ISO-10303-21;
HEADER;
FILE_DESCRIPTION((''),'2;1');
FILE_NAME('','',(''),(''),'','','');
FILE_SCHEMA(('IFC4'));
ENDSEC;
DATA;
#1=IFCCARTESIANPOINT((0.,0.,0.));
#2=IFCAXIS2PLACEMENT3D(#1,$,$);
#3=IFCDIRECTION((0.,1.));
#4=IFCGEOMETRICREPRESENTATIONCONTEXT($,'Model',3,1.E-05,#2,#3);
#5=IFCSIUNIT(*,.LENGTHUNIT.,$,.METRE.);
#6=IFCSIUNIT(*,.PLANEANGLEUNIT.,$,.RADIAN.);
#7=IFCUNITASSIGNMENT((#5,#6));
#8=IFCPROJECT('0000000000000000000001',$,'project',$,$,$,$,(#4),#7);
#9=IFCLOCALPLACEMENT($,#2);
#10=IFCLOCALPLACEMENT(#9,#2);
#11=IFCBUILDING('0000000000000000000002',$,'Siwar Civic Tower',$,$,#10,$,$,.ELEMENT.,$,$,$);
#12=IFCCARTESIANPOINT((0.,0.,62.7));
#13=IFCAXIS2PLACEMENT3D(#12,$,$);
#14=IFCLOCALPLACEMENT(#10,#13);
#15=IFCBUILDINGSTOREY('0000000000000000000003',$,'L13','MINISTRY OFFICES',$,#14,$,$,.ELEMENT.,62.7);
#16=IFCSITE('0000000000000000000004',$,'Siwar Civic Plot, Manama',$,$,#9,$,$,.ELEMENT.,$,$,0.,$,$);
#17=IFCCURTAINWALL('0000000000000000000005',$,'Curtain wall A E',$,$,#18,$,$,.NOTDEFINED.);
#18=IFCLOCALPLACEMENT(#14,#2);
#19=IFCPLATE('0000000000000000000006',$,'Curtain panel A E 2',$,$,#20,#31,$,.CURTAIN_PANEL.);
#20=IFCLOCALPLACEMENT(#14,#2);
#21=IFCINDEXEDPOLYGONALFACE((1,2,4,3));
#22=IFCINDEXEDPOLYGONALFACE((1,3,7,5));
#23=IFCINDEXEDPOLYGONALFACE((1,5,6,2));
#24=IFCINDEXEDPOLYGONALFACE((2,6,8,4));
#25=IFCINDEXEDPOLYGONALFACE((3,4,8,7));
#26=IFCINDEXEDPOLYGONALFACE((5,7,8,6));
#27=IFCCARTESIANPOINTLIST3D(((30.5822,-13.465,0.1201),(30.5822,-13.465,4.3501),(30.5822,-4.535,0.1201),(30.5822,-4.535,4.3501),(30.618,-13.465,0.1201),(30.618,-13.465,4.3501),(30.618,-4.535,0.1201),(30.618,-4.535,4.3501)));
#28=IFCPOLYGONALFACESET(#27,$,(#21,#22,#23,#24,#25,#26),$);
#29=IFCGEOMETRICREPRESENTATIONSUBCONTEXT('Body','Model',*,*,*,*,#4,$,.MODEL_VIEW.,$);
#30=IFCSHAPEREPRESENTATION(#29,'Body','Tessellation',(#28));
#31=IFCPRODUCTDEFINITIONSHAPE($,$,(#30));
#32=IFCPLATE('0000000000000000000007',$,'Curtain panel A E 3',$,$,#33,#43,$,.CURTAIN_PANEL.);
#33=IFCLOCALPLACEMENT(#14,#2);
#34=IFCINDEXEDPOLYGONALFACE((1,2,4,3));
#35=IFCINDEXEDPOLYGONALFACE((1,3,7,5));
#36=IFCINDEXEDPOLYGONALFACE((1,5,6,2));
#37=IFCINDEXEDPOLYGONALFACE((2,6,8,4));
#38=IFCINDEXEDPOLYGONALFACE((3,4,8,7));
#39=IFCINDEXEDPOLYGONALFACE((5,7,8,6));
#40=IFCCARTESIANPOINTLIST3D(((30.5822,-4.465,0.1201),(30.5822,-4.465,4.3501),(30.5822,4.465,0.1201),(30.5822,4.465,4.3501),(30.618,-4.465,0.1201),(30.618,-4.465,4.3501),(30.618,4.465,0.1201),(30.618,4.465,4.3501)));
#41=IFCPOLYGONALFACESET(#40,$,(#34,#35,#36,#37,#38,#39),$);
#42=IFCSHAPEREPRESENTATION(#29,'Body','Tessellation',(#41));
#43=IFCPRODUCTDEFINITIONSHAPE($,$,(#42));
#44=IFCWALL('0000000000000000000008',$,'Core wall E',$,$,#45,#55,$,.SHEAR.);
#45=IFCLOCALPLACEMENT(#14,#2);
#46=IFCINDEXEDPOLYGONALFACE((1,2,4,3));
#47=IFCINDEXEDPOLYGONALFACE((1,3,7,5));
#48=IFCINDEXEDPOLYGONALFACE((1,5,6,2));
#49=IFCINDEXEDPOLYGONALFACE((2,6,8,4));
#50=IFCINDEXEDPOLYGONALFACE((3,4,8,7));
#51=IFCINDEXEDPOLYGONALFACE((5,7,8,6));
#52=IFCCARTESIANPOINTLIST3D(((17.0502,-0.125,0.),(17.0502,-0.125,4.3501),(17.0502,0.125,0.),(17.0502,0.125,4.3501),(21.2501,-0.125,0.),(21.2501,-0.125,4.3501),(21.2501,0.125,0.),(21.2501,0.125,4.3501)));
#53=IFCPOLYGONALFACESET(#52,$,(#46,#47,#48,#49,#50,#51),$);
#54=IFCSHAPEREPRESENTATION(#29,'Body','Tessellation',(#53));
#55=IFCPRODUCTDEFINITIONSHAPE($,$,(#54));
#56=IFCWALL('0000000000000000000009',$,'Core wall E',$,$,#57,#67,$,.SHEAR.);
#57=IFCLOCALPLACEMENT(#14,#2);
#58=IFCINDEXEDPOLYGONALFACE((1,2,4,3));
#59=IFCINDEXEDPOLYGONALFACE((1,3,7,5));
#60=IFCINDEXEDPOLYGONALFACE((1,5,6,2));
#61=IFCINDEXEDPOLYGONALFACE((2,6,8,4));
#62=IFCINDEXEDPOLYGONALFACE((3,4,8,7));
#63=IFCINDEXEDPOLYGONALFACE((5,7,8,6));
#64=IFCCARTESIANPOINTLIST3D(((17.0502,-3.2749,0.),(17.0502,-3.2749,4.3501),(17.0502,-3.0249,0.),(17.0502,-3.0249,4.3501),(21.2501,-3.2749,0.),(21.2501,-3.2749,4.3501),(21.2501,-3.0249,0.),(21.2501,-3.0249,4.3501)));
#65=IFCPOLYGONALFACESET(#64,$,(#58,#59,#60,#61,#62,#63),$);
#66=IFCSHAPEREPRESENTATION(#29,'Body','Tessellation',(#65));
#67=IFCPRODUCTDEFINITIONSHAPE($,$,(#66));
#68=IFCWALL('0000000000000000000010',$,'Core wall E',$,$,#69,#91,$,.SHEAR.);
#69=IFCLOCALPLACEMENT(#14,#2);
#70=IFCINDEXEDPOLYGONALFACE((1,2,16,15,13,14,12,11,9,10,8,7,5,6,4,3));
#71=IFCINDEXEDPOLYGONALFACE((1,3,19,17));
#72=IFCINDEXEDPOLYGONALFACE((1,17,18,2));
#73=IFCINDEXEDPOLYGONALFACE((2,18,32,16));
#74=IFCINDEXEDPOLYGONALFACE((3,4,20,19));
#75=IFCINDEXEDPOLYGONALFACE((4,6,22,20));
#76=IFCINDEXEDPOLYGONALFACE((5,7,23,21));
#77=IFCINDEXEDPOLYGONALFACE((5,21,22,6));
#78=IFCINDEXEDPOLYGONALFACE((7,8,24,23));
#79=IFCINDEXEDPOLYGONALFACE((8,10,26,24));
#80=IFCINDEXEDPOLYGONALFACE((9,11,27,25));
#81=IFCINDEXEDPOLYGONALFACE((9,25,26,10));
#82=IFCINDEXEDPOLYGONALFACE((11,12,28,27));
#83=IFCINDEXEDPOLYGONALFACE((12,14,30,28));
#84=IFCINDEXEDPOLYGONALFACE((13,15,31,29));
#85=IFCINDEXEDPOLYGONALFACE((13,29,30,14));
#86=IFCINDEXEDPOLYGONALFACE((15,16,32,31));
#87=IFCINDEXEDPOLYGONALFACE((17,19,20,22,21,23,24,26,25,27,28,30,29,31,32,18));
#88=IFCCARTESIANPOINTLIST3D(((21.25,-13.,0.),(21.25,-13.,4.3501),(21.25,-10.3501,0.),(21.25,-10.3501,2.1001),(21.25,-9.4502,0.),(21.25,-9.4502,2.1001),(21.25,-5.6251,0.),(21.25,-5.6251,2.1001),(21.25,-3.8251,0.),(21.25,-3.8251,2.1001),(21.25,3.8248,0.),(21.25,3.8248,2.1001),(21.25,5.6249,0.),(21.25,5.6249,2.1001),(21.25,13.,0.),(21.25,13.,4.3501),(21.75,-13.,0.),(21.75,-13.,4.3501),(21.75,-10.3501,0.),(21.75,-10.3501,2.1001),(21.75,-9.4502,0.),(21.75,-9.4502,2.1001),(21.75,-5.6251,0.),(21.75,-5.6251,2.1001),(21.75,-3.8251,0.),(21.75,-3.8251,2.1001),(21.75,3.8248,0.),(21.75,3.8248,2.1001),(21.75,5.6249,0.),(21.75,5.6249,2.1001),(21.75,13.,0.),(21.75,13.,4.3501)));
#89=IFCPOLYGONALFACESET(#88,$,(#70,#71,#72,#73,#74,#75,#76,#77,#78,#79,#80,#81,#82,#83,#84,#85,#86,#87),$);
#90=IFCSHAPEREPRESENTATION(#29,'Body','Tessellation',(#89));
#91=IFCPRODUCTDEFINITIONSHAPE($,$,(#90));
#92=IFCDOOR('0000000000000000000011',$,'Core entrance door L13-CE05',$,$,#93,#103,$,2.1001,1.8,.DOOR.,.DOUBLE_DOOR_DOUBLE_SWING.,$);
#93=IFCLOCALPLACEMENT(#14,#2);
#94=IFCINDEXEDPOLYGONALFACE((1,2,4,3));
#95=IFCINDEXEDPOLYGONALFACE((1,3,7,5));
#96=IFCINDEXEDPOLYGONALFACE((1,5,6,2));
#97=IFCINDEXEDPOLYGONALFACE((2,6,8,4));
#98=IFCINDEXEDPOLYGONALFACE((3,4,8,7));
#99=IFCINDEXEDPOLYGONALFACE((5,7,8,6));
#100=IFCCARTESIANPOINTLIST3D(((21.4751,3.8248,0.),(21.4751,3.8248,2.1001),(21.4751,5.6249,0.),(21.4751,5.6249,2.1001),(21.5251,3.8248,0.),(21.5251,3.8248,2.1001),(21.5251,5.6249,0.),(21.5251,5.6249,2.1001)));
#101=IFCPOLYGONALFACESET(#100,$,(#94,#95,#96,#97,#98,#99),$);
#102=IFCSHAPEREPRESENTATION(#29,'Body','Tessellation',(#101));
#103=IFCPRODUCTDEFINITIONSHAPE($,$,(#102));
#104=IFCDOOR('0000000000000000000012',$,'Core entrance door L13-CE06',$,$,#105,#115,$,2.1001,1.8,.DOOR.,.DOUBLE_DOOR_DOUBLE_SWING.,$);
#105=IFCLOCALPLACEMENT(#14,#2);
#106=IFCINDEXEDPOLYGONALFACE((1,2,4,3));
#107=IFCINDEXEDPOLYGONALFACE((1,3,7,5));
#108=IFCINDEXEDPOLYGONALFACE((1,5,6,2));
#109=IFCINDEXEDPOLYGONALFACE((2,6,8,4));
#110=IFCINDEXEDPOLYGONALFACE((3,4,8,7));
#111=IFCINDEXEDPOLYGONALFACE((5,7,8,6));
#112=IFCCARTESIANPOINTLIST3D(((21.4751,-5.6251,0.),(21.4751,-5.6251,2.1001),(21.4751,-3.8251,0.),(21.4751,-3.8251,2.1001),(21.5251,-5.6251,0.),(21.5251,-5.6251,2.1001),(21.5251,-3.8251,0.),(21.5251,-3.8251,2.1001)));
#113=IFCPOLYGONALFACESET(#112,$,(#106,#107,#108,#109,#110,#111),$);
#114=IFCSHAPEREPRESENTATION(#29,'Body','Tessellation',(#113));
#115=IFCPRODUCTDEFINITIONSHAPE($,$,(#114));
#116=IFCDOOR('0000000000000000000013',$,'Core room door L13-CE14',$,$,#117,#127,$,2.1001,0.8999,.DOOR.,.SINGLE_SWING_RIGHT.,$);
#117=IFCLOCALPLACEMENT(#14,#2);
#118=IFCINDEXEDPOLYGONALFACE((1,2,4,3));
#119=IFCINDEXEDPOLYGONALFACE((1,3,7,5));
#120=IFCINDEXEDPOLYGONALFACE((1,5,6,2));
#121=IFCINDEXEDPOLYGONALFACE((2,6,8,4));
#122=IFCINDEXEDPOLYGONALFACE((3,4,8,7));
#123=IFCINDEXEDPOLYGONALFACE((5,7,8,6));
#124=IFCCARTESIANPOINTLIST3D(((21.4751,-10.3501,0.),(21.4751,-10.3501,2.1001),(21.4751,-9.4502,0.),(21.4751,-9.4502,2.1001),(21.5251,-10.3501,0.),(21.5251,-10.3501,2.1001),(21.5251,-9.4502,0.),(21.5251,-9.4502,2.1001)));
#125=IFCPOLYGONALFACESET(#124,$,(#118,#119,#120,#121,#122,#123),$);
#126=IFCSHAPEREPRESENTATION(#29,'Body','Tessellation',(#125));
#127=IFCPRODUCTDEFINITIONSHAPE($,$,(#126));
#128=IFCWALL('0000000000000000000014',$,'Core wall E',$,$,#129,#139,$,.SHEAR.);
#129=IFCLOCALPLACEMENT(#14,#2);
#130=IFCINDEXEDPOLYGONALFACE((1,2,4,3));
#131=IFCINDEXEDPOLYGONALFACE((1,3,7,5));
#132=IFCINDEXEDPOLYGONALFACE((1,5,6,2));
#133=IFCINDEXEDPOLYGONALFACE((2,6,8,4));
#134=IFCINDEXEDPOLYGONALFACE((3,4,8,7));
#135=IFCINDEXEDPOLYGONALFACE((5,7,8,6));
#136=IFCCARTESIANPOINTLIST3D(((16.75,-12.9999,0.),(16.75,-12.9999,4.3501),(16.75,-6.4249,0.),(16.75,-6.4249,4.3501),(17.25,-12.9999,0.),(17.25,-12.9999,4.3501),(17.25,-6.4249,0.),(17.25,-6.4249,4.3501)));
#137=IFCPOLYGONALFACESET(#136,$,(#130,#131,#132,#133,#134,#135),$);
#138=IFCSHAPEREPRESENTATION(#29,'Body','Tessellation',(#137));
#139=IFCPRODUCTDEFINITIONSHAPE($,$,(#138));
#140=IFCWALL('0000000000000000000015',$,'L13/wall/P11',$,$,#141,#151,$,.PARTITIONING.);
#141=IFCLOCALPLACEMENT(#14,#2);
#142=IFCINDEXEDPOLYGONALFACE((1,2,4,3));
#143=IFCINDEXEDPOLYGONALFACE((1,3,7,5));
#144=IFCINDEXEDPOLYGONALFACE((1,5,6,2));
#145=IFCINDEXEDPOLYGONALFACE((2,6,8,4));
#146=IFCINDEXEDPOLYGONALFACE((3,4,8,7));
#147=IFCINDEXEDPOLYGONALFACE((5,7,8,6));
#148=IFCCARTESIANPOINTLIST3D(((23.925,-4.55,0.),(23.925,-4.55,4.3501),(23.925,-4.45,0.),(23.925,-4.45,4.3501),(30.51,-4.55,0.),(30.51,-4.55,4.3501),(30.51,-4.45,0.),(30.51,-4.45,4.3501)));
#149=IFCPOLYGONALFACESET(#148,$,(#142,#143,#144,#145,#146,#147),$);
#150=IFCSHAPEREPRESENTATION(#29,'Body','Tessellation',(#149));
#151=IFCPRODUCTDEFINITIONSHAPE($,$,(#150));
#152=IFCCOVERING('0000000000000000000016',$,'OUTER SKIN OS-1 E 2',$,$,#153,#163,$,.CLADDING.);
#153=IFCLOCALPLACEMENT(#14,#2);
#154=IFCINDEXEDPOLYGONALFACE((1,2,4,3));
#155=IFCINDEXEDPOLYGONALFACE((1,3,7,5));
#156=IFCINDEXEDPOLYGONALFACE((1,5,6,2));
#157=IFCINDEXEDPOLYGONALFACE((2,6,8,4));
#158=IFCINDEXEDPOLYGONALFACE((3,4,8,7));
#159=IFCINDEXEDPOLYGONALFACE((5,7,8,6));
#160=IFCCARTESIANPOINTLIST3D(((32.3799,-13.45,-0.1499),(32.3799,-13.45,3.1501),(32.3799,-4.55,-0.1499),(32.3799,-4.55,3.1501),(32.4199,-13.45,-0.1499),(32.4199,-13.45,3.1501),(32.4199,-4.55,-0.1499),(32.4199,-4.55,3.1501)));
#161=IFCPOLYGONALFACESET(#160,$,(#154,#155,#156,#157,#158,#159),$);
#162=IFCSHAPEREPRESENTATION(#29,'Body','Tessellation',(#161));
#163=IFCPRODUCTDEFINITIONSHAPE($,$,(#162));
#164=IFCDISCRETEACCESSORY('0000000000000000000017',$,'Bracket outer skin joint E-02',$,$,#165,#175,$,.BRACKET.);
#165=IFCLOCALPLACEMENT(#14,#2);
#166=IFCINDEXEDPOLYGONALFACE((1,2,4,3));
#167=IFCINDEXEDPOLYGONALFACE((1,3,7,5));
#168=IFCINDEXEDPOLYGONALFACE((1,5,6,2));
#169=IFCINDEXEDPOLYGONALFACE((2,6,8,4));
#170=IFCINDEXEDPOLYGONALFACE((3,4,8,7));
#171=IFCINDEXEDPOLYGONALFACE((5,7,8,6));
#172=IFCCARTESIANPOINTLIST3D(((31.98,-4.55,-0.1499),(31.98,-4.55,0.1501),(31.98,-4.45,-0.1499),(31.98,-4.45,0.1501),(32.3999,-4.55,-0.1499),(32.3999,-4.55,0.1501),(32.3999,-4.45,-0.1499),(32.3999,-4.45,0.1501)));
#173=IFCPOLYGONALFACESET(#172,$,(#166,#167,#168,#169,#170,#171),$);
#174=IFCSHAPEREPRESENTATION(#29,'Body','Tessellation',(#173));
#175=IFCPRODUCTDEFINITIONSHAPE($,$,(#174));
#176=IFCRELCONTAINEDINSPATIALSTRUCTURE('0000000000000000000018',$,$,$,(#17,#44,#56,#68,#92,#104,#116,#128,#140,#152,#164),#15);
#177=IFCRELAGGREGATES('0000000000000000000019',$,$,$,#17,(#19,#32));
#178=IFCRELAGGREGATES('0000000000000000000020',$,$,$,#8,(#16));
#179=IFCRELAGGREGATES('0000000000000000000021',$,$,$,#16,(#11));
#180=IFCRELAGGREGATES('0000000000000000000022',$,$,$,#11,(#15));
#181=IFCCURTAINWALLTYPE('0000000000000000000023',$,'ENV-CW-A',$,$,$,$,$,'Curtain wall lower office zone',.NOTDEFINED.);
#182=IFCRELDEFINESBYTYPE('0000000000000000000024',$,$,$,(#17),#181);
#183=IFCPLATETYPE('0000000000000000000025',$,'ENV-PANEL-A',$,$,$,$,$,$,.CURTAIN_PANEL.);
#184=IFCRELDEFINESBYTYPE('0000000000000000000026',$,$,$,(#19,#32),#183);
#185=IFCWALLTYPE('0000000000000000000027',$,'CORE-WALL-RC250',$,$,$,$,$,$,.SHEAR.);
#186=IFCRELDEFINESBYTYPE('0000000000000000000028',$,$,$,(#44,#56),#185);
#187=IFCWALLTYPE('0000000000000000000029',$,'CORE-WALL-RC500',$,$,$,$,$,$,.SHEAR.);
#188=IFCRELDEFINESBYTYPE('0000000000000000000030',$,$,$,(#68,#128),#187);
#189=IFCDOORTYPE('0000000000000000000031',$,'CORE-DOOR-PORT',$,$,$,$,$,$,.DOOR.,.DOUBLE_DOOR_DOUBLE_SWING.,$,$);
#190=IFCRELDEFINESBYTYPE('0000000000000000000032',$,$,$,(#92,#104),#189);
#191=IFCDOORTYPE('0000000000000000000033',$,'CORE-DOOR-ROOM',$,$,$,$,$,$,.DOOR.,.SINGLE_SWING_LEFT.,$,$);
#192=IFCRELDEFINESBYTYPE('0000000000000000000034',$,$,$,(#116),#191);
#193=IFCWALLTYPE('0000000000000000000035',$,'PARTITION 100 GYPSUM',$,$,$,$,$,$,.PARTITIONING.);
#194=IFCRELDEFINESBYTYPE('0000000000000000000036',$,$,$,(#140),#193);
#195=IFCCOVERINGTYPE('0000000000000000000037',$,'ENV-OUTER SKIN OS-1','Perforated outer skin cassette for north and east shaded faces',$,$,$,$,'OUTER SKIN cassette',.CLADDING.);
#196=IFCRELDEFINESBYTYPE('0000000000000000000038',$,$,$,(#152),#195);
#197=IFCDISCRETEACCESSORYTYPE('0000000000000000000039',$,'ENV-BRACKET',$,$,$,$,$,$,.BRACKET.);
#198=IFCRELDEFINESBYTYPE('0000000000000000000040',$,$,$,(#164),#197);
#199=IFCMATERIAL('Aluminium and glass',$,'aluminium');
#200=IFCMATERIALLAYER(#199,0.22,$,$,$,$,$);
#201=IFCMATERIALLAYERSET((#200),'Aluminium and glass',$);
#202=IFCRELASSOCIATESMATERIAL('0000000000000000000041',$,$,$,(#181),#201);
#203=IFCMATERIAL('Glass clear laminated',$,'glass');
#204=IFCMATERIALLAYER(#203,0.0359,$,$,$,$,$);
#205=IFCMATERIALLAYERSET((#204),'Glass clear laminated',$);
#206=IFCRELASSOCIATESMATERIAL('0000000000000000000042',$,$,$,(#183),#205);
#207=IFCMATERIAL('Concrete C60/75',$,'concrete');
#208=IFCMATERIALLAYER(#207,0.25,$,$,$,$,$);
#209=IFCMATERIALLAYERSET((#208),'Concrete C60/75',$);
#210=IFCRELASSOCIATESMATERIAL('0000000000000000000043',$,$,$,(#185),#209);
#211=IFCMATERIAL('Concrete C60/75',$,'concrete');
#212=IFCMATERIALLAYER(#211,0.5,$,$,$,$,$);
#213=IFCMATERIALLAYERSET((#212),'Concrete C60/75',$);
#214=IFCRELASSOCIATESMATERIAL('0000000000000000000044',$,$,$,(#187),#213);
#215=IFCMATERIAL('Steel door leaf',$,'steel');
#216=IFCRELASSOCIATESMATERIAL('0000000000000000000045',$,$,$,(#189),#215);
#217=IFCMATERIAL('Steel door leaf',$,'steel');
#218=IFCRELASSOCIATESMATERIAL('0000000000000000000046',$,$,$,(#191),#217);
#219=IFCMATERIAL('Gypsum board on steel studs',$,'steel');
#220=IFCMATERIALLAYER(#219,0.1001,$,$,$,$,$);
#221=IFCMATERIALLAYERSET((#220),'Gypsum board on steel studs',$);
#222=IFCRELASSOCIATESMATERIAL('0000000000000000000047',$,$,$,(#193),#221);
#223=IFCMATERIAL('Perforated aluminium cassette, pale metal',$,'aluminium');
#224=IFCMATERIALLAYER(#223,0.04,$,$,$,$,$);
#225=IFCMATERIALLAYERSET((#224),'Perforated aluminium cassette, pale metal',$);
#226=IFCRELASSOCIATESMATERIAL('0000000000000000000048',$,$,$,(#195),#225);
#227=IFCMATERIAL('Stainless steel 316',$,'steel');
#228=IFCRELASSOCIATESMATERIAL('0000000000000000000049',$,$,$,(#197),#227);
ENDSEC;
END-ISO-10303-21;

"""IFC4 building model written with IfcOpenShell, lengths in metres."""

from ifc_helpers import new_model, si_unit, direction, frame, frame_2d, origin, origin_2d, place, context, subcontext, project, spatial, rectangle, extrude, material, layer, layer_set, type_object, element, fill, aggregate, save


model = new_model("IFC4")

# Units and contexts
model_context = context("Model", 3, precision=1e-05, world=origin(), true_north=direction((0.0, 1.0)))
body_context = subcontext(model_context, "Body", "Model", "MODEL_VIEW")
ifc_project = project(units=[si_unit("LENGTHUNIT", "METRE"), si_unit("PLANEANGLEUNIT", "RADIAN")], contexts=[model_context])

# Site, building, storey
site_placement = place(None, origin())
site = spatial("IfcSite", under=ifc_project, at=site_placement, Name="Siwar Civic Plot, Manama", CompositionType="ELEMENT", RefElevation=0.0)
building_placement = place(site_placement, origin())
building = spatial("IfcBuilding", under=site, at=building_placement, Name="Siwar Civic Tower", CompositionType="ELEMENT")
storey_placement = place(building_placement, frame((0.0, 0.0, 62.7)))
storey = spatial("IfcBuildingStorey", under=building, at=storey_placement, Name="L13", Description="MINISTRY OFFICES", CompositionType="ELEMENT", Elevation=62.7)

# Curtain wall
ifc_material_1 = material(Name="Aluminium and glass", Category="aluminium")
ifc_layer_1 = layer(ifc_material_1, 0.22)
ifc_layer_set_1 = layer_set([ifc_layer_1], Name="Aluminium and glass")
curtain_wall_type = type_object("IfcCurtainWallType", Name="ENV-CW-A", ElementType="Curtain wall lower office zone", PredefinedType="NOTDEFINED", material=ifc_layer_set_1)
curtain_wall_placement = place(storey_placement, origin())
curtain_wall = element("IfcCurtainWall", 1, at=curtain_wall_placement, inside=storey, type_object=curtain_wall_type, Name="Curtain wall A E", PredefinedType="NOTDEFINED")

# Plates
ifc_material_2 = material(Name="Glass clear laminated", Category="glass")
ifc_layer_2 = layer(ifc_material_2, 0.0359)
ifc_layer_set_2 = layer_set([ifc_layer_2], Name="Glass clear laminated")
plate_type = type_object("IfcPlateType", Name="ENV-PANEL-A", PredefinedType="CURTAIN_PANEL", material=ifc_layer_set_2)
plate_1_placement = place(storey_placement, frame((30.6001, -9.0, 0.1201), z_axis=(0.0, 0.0, 1.0), x_axis=(0.0, 1.0, 0.0)))
plate_1 = element("IfcPlate", 2, at=plate_1_placement, type_object=plate_type, Name="Curtain panel A E 2", PredefinedType="CURTAIN_PANEL", context=body_context, shape_type="SweptSolid", body=[
    extrude(rectangle(XDim=8.9299, YDim=0.0359, at=origin_2d()), origin(), (0.0, 0.0, 1.0), 4.23),
])
plate_2_placement = place(storey_placement, frame((30.6001, 0.0, 0.1201), z_axis=(0.0, 0.0, 1.0), x_axis=(0.0, 1.0, 0.0)))
plate_2 = element("IfcPlate", 3, at=plate_2_placement, type_object=plate_type, Name="Curtain panel A E 3", PredefinedType="CURTAIN_PANEL", context=body_context, shape_type="SweptSolid", body=[
    extrude(rectangle(XDim=8.9299, YDim=0.0359, at=origin_2d()), origin(), (0.0, 0.0, 1.0), 4.23),
])
aggregate(curtain_wall, [plate_1, plate_2])

# Walls
ifc_material_3 = material(Name="Concrete C60/75", Category="concrete")
ifc_layer_3 = layer(ifc_material_3, 0.25)
ifc_layer_set_3 = layer_set([ifc_layer_3], Name="Concrete C60/75")
wall_type_1 = type_object("IfcWallType", Name="CORE-WALL-RC250", PredefinedType="SHEAR", material=ifc_layer_set_3)
for number, where, z_axis, x_axis, name in (
    (4, (17.05, 0.0, 0.0), (0.0, 0.0, 1.0), (1.0, 0.0, 0.0), "Core wall E"),
    (5, (17.05, -3.1499, 0.0), (0.0, 0.0, 1.0), (1.0, 0.0, 0.0), "Core wall E"),
):
    element("IfcWall", number, at=place(storey_placement, frame(where, z_axis=z_axis, x_axis=x_axis)), inside=storey, type_object=wall_type_1, Name=name, PredefinedType="SHEAR", context=body_context, shape_type="SweptSolid", body=[
        extrude(rectangle(XDim=4.2, YDim=0.25, at=frame_2d((2.1001, 0.0))), origin(), (0.0, 0.0, 1.0), 4.3501),
    ])

# Wall, openings, doors
ifc_material_4 = material(Name="Concrete C60/75", Category="concrete")
ifc_layer_4 = layer(ifc_material_4, 0.5)
ifc_layer_set_4 = layer_set([ifc_layer_4], Name="Concrete C60/75")
wall_type_2 = type_object("IfcWallType", Name="CORE-WALL-RC500", PredefinedType="SHEAR", material=ifc_layer_set_4)
wall_1_placement = place(storey_placement, frame((21.5, -13.0, 0.0), z_axis=(0.0, 0.0, 1.0), x_axis=(0.0, 1.0, 0.0)))
wall_1 = element("IfcWall", 6, at=wall_1_placement, inside=storey, type_object=wall_type_2, Name="Core wall E", PredefinedType="SHEAR", context=body_context, shape_type="SweptSolid", body=[
    extrude(rectangle(XDim=26.0, YDim=0.5, at=frame_2d((13.0, 0.0))), origin(), (0.0, 0.0, 1.0), 4.3501),
])
opening_1_placement = place(wall_1_placement, frame((16.825, 0.0, 0.0)))
opening_1 = element("IfcOpeningElement", 7, at=opening_1_placement, cuts=wall_1, PredefinedType="OPENING", context=body_context, shape_type="SweptSolid", body=[
    extrude(rectangle(XDim=1.8, YDim=2.1001, at=frame_2d((0.8999, 1.05))), frame((0.0, 0.26, 0.0), z_axis=(0.0, -1.0, 0.0), x_axis=(1.0, 0.0, 0.0)), (0.0, 0.0, 1.0), 0.52),
])
opening_2_placement = place(wall_1_placement, frame((7.375, 0.0, 0.0)))
opening_2 = element("IfcOpeningElement", 8, at=opening_2_placement, cuts=wall_1, PredefinedType="OPENING", context=body_context, shape_type="SweptSolid", body=[
    extrude(rectangle(XDim=1.8, YDim=2.1001, at=frame_2d((0.8999, 1.05))), frame((0.0, 0.26, 0.0), z_axis=(0.0, -1.0, 0.0), x_axis=(1.0, 0.0, 0.0)), (0.0, 0.0, 1.0), 0.52),
])
opening_3_placement = place(wall_1_placement, frame((2.6499, 0.0, 0.0)))
opening_3 = element("IfcOpeningElement", 9, at=opening_3_placement, cuts=wall_1, PredefinedType="OPENING", context=body_context, shape_type="SweptSolid", body=[
    extrude(rectangle(XDim=0.8999, YDim=2.1001, at=frame_2d((0.45, 1.05))), frame((0.0, 0.26, 0.0), z_axis=(0.0, -1.0, 0.0), x_axis=(1.0, 0.0, 0.0)), (0.0, 0.0, 1.0), 0.52),
])
ifc_material_5 = material(Name="Steel door leaf", Category="steel")
door_type_1 = type_object("IfcDoorType", Name="CORE-DOOR-PORT", OperationType="DOUBLE_DOOR_DOUBLE_SWING", PredefinedType="DOOR", material=ifc_material_5)
door_1_placement = place(opening_1_placement, origin())
door_1 = element("IfcDoor", 10, at=door_1_placement, inside=storey, type_object=door_type_1, Name="Core entrance door L13-CE05", OperationType="DOUBLE_DOOR_DOUBLE_SWING", OverallHeight=2.1001, OverallWidth=1.8, PredefinedType="DOOR", context=body_context, shape_type="SweptSolid", body=[
    extrude(rectangle(XDim=1.8, YDim=2.1001, at=frame_2d((0.8999, 1.05))), frame((0.0, 0.0249, 0.0), z_axis=(0.0, -1.0, 0.0), x_axis=(1.0, 0.0, 0.0)), (0.0, 0.0, 1.0), 0.05),
])
fill(opening_1, door_1)
door_2_placement = place(opening_2_placement, origin())
door_2 = element("IfcDoor", 11, at=door_2_placement, inside=storey, type_object=door_type_1, Name="Core entrance door L13-CE06", OperationType="DOUBLE_DOOR_DOUBLE_SWING", OverallHeight=2.1001, OverallWidth=1.8, PredefinedType="DOOR", context=body_context, shape_type="SweptSolid", body=[
    extrude(rectangle(XDim=1.8, YDim=2.1001, at=frame_2d((0.8999, 1.05))), frame((0.0, 0.0249, 0.0), z_axis=(0.0, -1.0, 0.0), x_axis=(1.0, 0.0, 0.0)), (0.0, 0.0, 1.0), 0.05),
])
fill(opening_2, door_2)
ifc_material_6 = material(Name="Steel door leaf", Category="steel")
door_type_2 = type_object("IfcDoorType", Name="CORE-DOOR-ROOM", OperationType="SINGLE_SWING_LEFT", PredefinedType="DOOR", material=ifc_material_6)
door_3_placement = place(opening_3_placement, origin())
door_3 = element("IfcDoor", 12, at=door_3_placement, inside=storey, type_object=door_type_2, Name="Core room door L13-CE14", OperationType="SINGLE_SWING_RIGHT", OverallHeight=2.1001, OverallWidth=0.8999, PredefinedType="DOOR", context=body_context, shape_type="SweptSolid", body=[
    extrude(rectangle(XDim=0.8999, YDim=2.1001, at=frame_2d((0.45, 1.05))), frame((0.0, 0.0249, 0.0), z_axis=(0.0, -1.0, 0.0), x_axis=(1.0, 0.0, 0.0)), (0.0, 0.0, 1.0), 0.05),
])
fill(opening_3, door_3)

# Walls
wall_2_placement = place(storey_placement, frame((17.0, -13.0, 0.0), z_axis=(0.0, 0.0, 1.0), x_axis=(0.0, 1.0, 0.0)))
element("IfcWall", 13, at=wall_2_placement, inside=storey, type_object=wall_type_2, Name="Core wall E", PredefinedType="SHEAR", context=body_context, shape_type="SweptSolid", body=[
    extrude(rectangle(XDim=6.575, YDim=0.5, at=frame_2d((3.2876, 0.0))), origin(), (0.0, 0.0, 1.0), 4.3501),
])
ifc_material_7 = material(Name="Gypsum board on steel studs", Category="steel")
ifc_layer_5 = layer(ifc_material_7, 0.1001)
ifc_layer_set_5 = layer_set([ifc_layer_5], Name="Gypsum board on steel studs")
wall_type_3 = type_object("IfcWallType", Name="PARTITION 100 GYPSUM", PredefinedType="PARTITIONING", material=ifc_layer_set_5)
wall_3_placement = place(storey_placement, frame((23.925, -4.5, 0.0), z_axis=(0.0, 0.0, 1.0), x_axis=(1.0, 0.0, 0.0)))
element("IfcWall", 14, at=wall_3_placement, inside=storey, type_object=wall_type_3, Name="L13/wall/P11", PredefinedType="PARTITIONING", context=body_context, shape_type="SweptSolid", body=[
    extrude(rectangle(XDim=6.585, YDim=0.1001, at=frame_2d((3.2925, 0.0))), origin(), (0.0, 0.0, 1.0), 4.3501),
])

# Covering
ifc_material_8 = material(Name="Perforated aluminium cassette, pale metal", Category="aluminium")
ifc_layer_6 = layer(ifc_material_8, 0.04)
ifc_layer_set_6 = layer_set([ifc_layer_6], Name="Perforated aluminium cassette, pale metal")
covering_type = type_object("IfcCoveringType", Name="ENV-OUTER SKIN OS-1", Description="Perforated outer skin cassette for north and east shaded faces", ElementType="OUTER SKIN cassette", PredefinedType="CLADDING", material=ifc_layer_set_6)
covering_placement = place(storey_placement, frame((32.3999, -9.0, -0.1499), z_axis=(0.0, 0.0, 1.0), x_axis=(0.0, 1.0, 0.0)))
element("IfcCovering", 15, at=covering_placement, inside=storey, type_object=covering_type, Name="OUTER SKIN OS-1 E 2", PredefinedType="CLADDING", context=body_context, shape_type="SweptSolid", body=[
    extrude(rectangle(XDim=8.8999, YDim=0.04, at=origin_2d()), origin(), (0.0, 0.0, 1.0), 3.3),
])

# Discrete accessory
ifc_material_9 = material(Name="Stainless steel 316", Category="steel")
discrete_accessory_type = type_object("IfcDiscreteAccessoryType", Name="ENV-BRACKET", PredefinedType="BRACKET", material=ifc_material_9)
discrete_accessory_placement = place(storey_placement, frame((32.1899, -4.5, -0.1499), z_axis=(0.0, 0.0, 1.0), x_axis=(1.0, 0.0, 0.0)))
element("IfcDiscreteAccessory", 16, at=discrete_accessory_placement, inside=storey, type_object=discrete_accessory_type, Name="Bracket outer skin joint E-02", PredefinedType="BRACKET", context=body_context, shape_type="SweptSolid", body=[
    extrude(rectangle(XDim=0.4199, YDim=0.1001, at=origin_2d()), origin(), (0.0, 0.0, 1.0), 0.3),
])

save(model, "model.ifc")
